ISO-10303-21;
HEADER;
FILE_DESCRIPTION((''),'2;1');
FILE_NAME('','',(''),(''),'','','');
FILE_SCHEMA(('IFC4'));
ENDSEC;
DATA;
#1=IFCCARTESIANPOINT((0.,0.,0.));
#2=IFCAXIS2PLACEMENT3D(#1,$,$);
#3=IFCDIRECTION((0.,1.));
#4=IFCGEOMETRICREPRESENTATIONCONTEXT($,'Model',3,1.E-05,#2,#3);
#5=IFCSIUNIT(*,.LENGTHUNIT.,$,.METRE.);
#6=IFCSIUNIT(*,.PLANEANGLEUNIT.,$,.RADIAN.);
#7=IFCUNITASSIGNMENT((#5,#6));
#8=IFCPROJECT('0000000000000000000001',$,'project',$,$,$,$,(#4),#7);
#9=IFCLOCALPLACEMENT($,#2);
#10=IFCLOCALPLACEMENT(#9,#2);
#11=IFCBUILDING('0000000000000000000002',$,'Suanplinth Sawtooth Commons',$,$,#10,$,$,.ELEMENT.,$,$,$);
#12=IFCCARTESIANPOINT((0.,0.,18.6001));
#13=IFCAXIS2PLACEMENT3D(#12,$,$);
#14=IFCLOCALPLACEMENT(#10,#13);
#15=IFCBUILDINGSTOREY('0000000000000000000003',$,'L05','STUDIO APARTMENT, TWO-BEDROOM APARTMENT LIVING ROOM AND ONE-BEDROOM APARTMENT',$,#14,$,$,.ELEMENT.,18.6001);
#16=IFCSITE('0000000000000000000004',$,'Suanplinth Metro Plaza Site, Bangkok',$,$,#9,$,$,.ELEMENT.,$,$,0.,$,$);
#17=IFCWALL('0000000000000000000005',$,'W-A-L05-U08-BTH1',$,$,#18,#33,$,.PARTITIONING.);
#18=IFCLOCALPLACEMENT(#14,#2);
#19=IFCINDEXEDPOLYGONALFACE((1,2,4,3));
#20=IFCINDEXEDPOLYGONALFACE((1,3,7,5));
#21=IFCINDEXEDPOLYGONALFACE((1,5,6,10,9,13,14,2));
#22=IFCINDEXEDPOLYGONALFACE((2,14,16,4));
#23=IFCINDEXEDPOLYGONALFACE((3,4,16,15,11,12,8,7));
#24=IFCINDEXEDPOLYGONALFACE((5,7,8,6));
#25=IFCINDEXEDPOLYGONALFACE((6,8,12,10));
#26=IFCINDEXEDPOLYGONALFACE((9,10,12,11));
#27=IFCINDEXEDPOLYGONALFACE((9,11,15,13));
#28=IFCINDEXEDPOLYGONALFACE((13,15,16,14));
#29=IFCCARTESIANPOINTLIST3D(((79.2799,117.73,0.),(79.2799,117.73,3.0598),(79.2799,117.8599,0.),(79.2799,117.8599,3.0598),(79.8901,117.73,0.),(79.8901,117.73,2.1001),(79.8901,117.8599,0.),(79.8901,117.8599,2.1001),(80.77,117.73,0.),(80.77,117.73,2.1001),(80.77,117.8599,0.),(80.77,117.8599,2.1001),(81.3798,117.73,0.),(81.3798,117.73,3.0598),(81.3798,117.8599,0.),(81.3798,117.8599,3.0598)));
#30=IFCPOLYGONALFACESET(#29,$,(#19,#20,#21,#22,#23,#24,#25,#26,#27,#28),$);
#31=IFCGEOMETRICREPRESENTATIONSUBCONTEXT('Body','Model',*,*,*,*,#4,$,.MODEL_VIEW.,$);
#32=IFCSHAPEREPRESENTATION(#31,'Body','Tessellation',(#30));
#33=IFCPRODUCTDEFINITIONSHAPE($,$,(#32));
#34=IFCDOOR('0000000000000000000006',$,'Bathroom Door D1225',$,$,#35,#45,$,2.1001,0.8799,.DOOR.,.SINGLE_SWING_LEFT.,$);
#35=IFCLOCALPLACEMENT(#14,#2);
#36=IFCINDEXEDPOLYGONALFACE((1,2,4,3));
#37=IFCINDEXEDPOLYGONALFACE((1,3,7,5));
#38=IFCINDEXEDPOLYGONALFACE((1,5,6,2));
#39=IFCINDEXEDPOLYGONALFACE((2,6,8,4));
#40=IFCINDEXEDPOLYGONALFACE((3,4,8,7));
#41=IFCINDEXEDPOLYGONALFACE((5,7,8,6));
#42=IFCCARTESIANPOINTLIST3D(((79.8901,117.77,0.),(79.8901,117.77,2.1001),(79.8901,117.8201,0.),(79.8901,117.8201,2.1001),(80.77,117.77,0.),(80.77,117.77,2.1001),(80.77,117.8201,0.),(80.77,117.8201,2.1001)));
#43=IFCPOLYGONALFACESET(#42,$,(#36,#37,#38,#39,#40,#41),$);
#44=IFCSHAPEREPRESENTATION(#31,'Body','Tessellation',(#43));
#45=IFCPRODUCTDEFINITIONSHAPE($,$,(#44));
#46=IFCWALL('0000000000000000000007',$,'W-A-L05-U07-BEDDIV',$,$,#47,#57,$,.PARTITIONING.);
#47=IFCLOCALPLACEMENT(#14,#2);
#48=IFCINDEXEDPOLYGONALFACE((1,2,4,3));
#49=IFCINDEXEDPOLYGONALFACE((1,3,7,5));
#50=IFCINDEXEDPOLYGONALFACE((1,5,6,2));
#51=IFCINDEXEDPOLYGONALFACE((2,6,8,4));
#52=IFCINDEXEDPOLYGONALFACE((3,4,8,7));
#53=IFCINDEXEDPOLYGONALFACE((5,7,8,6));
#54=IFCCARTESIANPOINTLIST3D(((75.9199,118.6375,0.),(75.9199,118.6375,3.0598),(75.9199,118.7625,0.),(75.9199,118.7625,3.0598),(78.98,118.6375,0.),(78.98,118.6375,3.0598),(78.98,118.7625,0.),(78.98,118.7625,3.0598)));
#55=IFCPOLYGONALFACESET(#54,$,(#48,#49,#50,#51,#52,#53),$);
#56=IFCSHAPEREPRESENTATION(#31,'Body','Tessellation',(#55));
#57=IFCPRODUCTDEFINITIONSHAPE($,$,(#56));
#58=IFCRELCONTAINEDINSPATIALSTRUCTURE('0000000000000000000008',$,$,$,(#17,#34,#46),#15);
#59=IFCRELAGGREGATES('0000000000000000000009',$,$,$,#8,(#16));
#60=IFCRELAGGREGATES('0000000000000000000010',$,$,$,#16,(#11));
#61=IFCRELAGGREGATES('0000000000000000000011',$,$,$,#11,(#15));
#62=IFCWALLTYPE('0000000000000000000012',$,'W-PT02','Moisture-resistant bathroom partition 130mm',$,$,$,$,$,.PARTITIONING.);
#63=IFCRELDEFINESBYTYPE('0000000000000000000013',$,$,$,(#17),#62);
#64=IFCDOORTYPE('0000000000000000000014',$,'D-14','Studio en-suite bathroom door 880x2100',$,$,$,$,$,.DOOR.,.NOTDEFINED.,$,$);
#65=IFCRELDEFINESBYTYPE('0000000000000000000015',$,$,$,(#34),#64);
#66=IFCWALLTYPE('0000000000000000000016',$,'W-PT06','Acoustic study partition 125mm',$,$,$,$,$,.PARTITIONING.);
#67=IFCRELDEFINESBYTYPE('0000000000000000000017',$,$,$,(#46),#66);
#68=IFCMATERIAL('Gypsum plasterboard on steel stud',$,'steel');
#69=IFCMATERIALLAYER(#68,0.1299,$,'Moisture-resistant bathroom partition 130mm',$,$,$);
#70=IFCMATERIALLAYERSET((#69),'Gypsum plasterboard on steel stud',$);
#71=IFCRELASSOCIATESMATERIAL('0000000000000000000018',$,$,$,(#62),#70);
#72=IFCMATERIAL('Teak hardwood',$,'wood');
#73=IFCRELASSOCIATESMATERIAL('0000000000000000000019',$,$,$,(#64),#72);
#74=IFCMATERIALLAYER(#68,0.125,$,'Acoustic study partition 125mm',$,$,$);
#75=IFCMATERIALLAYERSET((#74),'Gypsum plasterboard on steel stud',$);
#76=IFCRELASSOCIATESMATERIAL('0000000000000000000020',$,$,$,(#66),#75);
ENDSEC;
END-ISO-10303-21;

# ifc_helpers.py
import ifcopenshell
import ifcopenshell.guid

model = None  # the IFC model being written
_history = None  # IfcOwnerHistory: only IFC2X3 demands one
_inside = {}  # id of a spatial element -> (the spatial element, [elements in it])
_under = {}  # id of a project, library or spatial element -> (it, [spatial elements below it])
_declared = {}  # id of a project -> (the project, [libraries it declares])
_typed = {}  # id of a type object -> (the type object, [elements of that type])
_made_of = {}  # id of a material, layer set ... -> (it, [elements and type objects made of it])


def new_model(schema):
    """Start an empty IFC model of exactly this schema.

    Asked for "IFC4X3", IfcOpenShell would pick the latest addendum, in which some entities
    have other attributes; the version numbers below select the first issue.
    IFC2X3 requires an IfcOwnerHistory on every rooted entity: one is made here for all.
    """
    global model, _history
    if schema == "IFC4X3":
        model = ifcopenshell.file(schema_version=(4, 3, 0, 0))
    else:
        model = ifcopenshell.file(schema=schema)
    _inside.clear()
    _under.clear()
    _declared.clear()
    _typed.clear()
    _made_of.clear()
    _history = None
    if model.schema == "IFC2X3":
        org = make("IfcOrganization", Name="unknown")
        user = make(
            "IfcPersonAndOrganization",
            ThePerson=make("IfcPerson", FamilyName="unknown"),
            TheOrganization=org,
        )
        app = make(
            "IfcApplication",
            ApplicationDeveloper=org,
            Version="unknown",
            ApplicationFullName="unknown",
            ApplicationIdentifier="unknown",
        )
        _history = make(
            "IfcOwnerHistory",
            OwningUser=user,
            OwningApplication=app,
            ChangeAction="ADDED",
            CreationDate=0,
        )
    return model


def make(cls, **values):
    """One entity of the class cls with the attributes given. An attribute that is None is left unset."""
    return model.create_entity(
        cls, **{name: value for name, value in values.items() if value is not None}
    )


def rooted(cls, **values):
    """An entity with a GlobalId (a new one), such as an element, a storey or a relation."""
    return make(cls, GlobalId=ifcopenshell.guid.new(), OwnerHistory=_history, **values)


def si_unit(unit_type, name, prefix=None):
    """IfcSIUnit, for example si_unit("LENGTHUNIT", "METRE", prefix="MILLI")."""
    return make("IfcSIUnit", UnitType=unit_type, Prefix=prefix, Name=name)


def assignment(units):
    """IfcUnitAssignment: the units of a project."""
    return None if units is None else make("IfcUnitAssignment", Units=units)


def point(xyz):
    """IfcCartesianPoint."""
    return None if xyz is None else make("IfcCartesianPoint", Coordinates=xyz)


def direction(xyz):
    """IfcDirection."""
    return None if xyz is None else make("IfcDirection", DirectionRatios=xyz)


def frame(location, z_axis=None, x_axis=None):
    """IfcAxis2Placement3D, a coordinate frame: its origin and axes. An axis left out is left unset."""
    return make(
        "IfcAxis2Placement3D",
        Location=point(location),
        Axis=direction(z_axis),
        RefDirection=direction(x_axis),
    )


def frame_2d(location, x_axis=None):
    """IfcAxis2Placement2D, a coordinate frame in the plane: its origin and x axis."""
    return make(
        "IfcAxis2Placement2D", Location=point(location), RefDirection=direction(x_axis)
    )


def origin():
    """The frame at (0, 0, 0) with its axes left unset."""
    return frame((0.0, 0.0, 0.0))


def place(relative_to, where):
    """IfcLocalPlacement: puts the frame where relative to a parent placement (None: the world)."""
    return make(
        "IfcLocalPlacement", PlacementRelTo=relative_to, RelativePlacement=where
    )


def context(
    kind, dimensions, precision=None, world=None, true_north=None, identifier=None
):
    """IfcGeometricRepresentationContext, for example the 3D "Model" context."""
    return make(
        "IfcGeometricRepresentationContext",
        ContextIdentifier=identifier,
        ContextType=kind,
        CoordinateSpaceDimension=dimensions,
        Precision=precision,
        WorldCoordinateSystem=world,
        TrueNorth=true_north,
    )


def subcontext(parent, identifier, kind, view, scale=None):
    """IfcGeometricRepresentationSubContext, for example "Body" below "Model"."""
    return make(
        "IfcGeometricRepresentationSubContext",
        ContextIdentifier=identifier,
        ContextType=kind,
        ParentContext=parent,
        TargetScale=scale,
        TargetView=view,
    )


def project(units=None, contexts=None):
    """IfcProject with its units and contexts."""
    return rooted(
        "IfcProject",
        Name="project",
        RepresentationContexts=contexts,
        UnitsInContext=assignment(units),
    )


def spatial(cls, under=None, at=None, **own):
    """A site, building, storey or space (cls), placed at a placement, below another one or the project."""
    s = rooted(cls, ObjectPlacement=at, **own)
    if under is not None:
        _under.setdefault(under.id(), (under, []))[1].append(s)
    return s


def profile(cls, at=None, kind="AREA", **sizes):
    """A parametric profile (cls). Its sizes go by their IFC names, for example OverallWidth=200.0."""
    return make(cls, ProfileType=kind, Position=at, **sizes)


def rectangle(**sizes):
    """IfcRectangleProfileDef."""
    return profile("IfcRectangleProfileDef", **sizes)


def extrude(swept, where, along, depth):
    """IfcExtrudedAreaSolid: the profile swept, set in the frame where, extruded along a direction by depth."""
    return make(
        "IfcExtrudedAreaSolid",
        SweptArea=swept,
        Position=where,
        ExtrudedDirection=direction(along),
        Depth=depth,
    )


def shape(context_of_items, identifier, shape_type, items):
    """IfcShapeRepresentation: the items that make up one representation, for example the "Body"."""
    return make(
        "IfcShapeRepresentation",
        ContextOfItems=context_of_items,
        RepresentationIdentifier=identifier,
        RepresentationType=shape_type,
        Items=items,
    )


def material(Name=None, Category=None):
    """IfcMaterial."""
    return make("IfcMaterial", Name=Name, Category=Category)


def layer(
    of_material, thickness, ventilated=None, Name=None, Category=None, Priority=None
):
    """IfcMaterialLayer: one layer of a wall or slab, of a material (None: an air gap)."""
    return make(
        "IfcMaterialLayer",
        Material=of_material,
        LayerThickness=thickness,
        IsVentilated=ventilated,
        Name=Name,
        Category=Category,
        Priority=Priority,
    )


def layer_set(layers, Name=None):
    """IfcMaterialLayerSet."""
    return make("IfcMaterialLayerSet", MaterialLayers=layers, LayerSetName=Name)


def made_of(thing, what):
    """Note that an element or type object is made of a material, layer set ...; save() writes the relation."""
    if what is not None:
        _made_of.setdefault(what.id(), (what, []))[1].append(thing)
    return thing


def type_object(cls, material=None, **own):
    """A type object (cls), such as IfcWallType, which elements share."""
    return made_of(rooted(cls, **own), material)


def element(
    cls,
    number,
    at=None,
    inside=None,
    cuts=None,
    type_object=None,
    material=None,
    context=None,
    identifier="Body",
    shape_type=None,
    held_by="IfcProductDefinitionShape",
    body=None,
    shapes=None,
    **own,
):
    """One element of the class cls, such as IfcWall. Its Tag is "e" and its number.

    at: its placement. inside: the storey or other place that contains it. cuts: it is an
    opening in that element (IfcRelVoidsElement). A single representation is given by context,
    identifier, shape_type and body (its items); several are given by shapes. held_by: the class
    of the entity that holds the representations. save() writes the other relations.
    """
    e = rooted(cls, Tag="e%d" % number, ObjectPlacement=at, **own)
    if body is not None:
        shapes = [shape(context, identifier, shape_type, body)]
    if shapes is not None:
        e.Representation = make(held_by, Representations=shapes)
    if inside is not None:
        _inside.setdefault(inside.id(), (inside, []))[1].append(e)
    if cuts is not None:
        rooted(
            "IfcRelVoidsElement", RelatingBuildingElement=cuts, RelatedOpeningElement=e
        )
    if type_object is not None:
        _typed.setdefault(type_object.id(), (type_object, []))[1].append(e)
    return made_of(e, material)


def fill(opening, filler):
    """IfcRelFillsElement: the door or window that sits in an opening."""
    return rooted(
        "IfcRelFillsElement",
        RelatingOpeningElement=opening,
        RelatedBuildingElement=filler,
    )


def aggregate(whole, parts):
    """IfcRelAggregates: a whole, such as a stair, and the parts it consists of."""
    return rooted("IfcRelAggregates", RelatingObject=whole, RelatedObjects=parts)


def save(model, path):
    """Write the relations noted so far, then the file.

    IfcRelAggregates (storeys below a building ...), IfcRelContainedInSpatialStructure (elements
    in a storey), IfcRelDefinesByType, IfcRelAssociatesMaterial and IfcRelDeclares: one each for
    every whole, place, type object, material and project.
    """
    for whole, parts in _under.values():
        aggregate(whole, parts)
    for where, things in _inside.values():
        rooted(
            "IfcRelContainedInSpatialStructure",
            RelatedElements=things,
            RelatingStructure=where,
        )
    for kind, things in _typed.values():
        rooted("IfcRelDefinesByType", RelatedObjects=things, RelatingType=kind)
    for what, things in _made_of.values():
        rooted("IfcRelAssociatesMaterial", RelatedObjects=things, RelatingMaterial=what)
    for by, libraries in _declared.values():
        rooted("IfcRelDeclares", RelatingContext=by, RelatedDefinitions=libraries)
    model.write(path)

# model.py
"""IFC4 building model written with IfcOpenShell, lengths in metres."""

from ifc_helpers import new_model, si_unit, direction, frame, frame_2d, origin, place, context, subcontext, project, spatial, rectangle, extrude, material, layer, layer_set, type_object, element, fill, save


model = new_model("IFC4")

# Units and contexts
model_context = context("Model", 3, precision=1e-05, world=origin(), true_north=direction((0.0, 1.0)))
body_context = subcontext(model_context, "Body", "Model", "MODEL_VIEW")
ifc_project = project(units=[si_unit("LENGTHUNIT", "METRE"), si_unit("PLANEANGLEUNIT", "RADIAN")], contexts=[model_context])

# Site, building, storey
site_placement = place(None, origin())
site = spatial("IfcSite", under=ifc_project, at=site_placement, Name="Suanplinth Metro Plaza Site, Bangkok", CompositionType="ELEMENT", RefElevation=0.0)
building_placement = place(site_placement, origin())
building = spatial("IfcBuilding", under=site, at=building_placement, Name="Suanplinth Sawtooth Commons", CompositionType="ELEMENT")
storey_placement = place(building_placement, frame((0.0, 0.0, 18.6001)))
storey = spatial("IfcBuildingStorey", under=building, at=storey_placement, Name="L05", Description="STUDIO APARTMENT, TWO-BEDROOM APARTMENT LIVING ROOM AND ONE-BEDROOM APARTMENT", CompositionType="ELEMENT", Elevation=18.6001)

# Wall, opening, door
ifc_material_1 = material(Name="Gypsum plasterboard on steel stud", Category="steel")
ifc_material_2 = material(Name="Teak hardwood", Category="wood")
ifc_layer_1 = layer(ifc_material_1, 0.1299, Name="Moisture-resistant bathroom partition 130mm")
ifc_layer_set_1 = layer_set([ifc_layer_1], Name="Gypsum plasterboard on steel stud")
wall_type_1 = type_object("IfcWallType", Name="W-PT02", Description="Moisture-resistant bathroom partition 130mm", PredefinedType="PARTITIONING", material=ifc_layer_set_1)
wall_1_placement = place(storey_placement, frame((79.28, 117.7949, 0.0), z_axis=(0.0, 0.0, 1.0), x_axis=(1.0, 0.0, 0.0)))
wall_1 = element("IfcWall", 1, at=wall_1_placement, inside=storey, type_object=wall_type_1, Name="W-A-L05-U08-BTH1", PredefinedType="PARTITIONING", context=body_context, shape_type="SweptSolid", body=[
    extrude(rectangle(XDim=2.0999, YDim=0.1299, at=frame_2d((1.0498, 0.0))), origin(), (0.0, 0.0, 1.0), 3.0598),
])
opening_1_placement = place(wall_1_placement, frame((0.6101, 0.0, 0.0)))
opening_1 = element("IfcOpeningElement", 2, at=opening_1_placement, cuts=wall_1, PredefinedType="OPENING", context=body_context, shape_type="SweptSolid", body=[
    extrude(rectangle(XDim=0.8799, YDim=2.1001, at=frame_2d((0.4399, 1.05))), frame((0.0, 0.0798, 0.0), z_axis=(0.0, -1.0, 0.0), x_axis=(1.0, 0.0, 0.0)), (0.0, 0.0, 1.0), 0.1597),
])
door_type_1 = type_object("IfcDoorType", Name="D-14", Description="Studio en-suite bathroom door 880x2100", OperationType="NOTDEFINED", PredefinedType="DOOR", material=ifc_material_2)
door_1_placement = place(opening_1_placement, frame((0.8799, 0.0, 0.0), z_axis=(0.0, 0.0, 1.0), x_axis=(-1.0, 0.0, 0.0)))
door_1 = element("IfcDoor", 3, at=door_1_placement, inside=storey, type_object=door_type_1, Name="Bathroom Door D1225", OperationType="SINGLE_SWING_LEFT", OverallHeight=2.1001, OverallWidth=0.8799, PredefinedType="DOOR", context=body_context, shape_type="SweptSolid", body=[
    extrude(rectangle(XDim=0.8799, YDim=2.1001, at=frame_2d((0.4399, 1.05))), frame((0.0, 0.0249, 0.0), z_axis=(0.0, -1.0, 0.0), x_axis=(1.0, 0.0, 0.0)), (0.0, 0.0, 1.0), 0.05),
])
fill(opening_1, door_1)

# Wall
ifc_layer_2 = layer(ifc_material_1, 0.125, Name="Acoustic study partition 125mm")
ifc_layer_set_2 = layer_set([ifc_layer_2], Name="Gypsum plasterboard on steel stud")
wall_type_2 = type_object("IfcWallType", Name="W-PT06", Description="Acoustic study partition 125mm", PredefinedType="PARTITIONING", material=ifc_layer_set_2)
wall_2_placement = place(storey_placement, frame((75.9199, 118.7, 0.0), z_axis=(0.0, 0.0, 1.0), x_axis=(1.0, 0.0, 0.0)))
element("IfcWall", 4, at=wall_2_placement, inside=storey, type_object=wall_type_2, Name="W-A-L05-U07-BEDDIV", PredefinedType="PARTITIONING", context=body_context, shape_type="SweptSolid", body=[
    extrude(rectangle(XDim=3.0601, YDim=0.125, at=frame_2d((1.53, 0.0))), origin(), (0.0, 0.0, 1.0), 3.0598),
])

save(model, "model.ifc")
